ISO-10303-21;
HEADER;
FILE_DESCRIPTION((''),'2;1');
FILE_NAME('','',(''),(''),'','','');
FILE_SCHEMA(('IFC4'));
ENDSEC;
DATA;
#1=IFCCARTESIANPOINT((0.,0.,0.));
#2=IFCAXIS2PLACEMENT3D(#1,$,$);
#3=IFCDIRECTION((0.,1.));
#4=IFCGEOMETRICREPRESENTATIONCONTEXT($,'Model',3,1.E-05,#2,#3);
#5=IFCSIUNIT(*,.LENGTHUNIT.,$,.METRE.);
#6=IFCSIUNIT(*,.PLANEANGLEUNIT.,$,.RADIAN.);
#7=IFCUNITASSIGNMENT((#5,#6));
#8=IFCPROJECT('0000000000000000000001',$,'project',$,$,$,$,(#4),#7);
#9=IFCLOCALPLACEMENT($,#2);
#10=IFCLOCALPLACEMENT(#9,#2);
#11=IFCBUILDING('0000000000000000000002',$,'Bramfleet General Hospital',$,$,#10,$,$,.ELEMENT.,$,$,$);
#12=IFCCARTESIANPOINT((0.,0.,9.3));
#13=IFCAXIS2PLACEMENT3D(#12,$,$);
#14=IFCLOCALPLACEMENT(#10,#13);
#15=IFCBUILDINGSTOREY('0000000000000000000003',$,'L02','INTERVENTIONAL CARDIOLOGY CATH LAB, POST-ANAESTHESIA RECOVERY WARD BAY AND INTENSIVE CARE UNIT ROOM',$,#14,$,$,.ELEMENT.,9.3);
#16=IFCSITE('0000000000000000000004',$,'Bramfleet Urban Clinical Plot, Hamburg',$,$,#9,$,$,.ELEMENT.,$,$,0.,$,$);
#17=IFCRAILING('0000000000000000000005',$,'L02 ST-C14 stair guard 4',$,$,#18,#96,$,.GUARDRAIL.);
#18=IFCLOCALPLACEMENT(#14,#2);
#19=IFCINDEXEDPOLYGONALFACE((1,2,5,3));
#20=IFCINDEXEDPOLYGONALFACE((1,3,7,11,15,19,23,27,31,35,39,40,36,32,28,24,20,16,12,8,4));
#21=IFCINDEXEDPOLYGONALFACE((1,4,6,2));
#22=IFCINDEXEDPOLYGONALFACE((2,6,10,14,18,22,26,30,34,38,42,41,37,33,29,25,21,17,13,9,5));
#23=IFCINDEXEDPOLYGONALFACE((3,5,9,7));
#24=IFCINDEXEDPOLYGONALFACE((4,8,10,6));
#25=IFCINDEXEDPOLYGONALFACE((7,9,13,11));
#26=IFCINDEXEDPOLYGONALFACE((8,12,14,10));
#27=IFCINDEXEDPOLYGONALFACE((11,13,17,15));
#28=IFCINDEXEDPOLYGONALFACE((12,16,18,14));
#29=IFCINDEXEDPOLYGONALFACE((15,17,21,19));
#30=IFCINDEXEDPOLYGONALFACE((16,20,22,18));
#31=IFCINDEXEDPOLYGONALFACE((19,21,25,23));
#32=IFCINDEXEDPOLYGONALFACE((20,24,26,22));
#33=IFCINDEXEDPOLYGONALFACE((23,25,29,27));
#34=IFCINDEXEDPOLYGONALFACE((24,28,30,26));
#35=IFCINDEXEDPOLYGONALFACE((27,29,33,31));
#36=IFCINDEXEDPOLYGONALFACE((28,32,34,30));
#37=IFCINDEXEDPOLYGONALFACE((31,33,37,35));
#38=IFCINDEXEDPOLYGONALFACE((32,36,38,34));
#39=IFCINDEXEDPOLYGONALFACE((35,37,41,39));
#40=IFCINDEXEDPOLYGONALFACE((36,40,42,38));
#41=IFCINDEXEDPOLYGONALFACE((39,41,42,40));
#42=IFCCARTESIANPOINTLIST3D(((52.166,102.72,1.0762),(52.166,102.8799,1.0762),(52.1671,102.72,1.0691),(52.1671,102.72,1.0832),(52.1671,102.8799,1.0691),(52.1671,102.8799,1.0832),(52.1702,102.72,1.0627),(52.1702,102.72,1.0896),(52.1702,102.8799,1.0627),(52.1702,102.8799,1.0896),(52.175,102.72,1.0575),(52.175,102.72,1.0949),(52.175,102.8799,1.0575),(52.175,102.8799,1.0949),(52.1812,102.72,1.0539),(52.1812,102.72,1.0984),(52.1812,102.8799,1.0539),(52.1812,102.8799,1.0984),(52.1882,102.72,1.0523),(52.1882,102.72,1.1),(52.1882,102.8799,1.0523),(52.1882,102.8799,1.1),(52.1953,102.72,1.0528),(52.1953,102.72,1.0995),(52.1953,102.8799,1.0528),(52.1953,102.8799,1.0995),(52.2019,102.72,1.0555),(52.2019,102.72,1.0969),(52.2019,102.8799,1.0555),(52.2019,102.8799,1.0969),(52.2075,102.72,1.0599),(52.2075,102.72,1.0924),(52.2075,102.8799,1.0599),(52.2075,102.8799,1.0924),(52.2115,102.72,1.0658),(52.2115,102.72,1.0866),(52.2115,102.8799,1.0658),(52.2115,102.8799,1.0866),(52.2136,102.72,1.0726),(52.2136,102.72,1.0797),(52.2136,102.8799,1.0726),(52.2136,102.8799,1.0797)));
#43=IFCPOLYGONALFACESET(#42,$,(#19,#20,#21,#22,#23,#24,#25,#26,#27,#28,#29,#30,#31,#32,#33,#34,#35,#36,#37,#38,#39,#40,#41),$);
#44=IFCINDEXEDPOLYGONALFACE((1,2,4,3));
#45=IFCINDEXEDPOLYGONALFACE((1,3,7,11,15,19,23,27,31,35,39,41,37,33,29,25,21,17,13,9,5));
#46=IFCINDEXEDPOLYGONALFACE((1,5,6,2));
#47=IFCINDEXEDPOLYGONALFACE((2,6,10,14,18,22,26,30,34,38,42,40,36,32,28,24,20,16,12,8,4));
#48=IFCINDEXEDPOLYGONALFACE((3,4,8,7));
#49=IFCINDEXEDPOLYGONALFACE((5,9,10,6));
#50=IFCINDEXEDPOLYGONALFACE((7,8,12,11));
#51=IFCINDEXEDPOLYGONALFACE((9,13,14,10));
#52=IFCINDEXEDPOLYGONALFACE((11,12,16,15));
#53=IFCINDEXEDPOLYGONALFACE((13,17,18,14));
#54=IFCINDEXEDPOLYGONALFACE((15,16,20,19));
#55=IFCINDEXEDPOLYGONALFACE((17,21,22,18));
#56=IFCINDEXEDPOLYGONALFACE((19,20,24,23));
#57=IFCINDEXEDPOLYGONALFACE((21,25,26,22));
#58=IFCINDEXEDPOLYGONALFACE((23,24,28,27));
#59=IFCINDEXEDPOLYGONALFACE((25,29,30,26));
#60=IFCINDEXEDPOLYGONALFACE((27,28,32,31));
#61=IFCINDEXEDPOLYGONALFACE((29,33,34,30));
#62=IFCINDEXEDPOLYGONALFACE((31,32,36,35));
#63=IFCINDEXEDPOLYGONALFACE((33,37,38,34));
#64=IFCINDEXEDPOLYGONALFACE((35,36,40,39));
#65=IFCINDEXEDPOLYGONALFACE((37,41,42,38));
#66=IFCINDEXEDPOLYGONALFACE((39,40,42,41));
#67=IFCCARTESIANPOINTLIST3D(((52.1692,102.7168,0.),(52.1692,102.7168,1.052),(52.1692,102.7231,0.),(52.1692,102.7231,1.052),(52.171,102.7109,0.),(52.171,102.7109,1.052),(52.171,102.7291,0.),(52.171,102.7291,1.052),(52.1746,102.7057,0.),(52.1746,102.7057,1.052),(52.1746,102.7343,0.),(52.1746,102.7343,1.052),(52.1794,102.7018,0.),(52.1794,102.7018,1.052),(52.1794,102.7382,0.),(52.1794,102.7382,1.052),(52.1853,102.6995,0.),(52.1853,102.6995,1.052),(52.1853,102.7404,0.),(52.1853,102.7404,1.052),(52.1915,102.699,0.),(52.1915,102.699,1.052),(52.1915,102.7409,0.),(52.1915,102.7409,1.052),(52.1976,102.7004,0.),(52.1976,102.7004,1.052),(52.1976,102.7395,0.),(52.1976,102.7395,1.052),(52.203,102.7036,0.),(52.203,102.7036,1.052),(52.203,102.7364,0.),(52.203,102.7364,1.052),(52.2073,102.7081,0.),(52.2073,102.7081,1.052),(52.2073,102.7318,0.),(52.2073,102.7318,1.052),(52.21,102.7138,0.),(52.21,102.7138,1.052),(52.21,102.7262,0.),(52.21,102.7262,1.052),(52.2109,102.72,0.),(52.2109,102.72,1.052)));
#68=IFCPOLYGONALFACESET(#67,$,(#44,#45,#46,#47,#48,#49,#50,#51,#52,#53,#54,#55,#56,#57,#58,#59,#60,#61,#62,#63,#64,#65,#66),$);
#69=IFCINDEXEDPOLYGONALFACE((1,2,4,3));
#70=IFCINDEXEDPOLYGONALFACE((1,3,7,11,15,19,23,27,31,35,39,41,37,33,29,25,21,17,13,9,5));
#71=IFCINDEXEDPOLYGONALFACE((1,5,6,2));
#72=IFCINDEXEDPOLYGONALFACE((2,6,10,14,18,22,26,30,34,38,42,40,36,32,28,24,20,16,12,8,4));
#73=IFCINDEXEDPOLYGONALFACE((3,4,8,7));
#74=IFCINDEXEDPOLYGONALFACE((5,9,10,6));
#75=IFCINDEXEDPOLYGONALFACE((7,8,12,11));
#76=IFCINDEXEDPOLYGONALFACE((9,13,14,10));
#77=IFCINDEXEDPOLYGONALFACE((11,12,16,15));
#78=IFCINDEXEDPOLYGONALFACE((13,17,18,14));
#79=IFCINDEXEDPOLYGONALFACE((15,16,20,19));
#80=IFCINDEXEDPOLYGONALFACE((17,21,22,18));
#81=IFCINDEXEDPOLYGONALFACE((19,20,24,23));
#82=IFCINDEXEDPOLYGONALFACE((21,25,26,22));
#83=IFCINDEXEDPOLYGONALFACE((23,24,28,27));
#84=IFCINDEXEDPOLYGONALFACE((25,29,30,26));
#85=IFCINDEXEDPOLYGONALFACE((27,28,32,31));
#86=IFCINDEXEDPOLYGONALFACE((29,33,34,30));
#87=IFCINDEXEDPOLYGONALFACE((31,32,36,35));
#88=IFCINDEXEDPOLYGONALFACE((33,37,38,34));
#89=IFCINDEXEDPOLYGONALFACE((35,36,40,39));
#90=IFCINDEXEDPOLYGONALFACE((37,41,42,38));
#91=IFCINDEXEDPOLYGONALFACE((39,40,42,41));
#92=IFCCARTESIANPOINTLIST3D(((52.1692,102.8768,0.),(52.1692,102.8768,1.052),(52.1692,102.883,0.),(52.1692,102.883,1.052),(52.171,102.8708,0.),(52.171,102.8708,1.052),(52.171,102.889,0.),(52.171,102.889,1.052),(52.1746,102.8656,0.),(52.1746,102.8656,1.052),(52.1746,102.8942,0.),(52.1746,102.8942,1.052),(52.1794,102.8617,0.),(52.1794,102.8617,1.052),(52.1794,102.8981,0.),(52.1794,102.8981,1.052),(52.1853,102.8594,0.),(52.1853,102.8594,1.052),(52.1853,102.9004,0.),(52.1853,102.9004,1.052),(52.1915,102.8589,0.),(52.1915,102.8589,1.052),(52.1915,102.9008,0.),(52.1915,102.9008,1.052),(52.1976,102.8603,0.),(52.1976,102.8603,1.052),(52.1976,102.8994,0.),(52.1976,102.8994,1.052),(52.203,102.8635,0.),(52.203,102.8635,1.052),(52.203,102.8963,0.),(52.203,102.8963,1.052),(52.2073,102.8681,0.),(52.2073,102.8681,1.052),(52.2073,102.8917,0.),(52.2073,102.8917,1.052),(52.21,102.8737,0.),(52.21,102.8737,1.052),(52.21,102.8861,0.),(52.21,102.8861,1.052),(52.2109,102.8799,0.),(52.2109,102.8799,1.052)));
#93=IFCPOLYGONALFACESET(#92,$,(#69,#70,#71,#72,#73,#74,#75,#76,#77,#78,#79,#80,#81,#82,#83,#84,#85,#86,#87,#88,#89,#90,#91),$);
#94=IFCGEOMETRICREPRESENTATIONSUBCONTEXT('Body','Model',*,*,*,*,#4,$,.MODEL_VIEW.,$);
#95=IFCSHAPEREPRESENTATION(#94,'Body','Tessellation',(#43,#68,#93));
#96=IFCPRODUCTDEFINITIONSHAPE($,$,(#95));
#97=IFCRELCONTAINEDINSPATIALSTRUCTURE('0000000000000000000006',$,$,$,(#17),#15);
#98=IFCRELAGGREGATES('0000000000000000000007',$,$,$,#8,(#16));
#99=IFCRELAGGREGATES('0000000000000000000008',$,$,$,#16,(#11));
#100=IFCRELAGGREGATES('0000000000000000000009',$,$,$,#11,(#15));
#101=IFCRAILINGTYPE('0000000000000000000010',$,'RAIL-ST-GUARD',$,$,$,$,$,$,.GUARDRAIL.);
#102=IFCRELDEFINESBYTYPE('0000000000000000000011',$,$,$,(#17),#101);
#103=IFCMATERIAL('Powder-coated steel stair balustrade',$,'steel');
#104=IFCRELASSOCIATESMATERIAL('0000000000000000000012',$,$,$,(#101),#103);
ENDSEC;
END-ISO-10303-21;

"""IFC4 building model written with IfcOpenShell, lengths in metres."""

from ifc_helpers import new_model, si_unit, direction, frame, origin, origin_2d, place, context, subcontext, project, spatial, circle, extrude, material, type_object, element, save


model = new_model("IFC4")

# Units and contexts
model_context = context("Model", 3, precision=1e-05, world=origin(), true_north=direction((0.0, 1.0)))
body_context = subcontext(model_context, "Body", "Model", "MODEL_VIEW")
ifc_project = project(units=[si_unit("LENGTHUNIT", "METRE"), si_unit("PLANEANGLEUNIT", "RADIAN")], contexts=[model_context])

# Site, building, storey
site_placement = place(None, origin())
site = spatial("IfcSite", under=ifc_project, at=site_placement, Name="Bramfleet Urban Clinical Plot, Hamburg", CompositionType="ELEMENT", RefElevation=0.0)
building_placement = place(site_placement, origin())
building = spatial("IfcBuilding", under=site, at=building_placement, Name="Bramfleet General Hospital", CompositionType="ELEMENT")
storey_placement = place(building_placement, frame((0.0, 0.0, 9.3)))
storey = spatial("IfcBuildingStorey", under=building, at=storey_placement, Name="L02", Description="INTERVENTIONAL CARDIOLOGY CATH LAB, POST-ANAESTHESIA RECOVERY WARD BAY AND INTENSIVE CARE UNIT ROOM", CompositionType="ELEMENT", Elevation=9.3)

# Railing
ifc_material_1 = material(Name="Powder-coated steel stair balustrade", Category="steel")
railing_type_1 = type_object("IfcRailingType", Name="RAIL-ST-GUARD", PredefinedType="GUARDRAIL", material=ifc_material_1)
railing_1_placement = place(storey_placement, frame((52.1899, 102.72, 0.0)))
element("IfcRailing", 1, at=railing_1_placement, inside=storey, type_object=railing_type_1, Name="L02 ST-C14 stair guard 4", PredefinedType="GUARDRAIL", context=body_context, shape_type="SweptSolid", body=[
    extrude(circle(Radius=0.0239, at=origin_2d()), frame((0.0, 0.0, 1.0762), z_axis=(0.0, 1.0, 0.0), x_axis=(-1.0, 0.0, 0.0)), (0.0, 0.0, 1.0), 0.1599),
    extrude(circle(Radius=0.021, at=origin_2d()), origin(), (0.0, 0.0, 1.0), 1.052),
    extrude(circle(Radius=0.021, at=origin_2d()), frame((0.0, 0.1599, 0.0)), (0.0, 0.0, 1.0), 1.052),
])

save(model, "model.ifc")
